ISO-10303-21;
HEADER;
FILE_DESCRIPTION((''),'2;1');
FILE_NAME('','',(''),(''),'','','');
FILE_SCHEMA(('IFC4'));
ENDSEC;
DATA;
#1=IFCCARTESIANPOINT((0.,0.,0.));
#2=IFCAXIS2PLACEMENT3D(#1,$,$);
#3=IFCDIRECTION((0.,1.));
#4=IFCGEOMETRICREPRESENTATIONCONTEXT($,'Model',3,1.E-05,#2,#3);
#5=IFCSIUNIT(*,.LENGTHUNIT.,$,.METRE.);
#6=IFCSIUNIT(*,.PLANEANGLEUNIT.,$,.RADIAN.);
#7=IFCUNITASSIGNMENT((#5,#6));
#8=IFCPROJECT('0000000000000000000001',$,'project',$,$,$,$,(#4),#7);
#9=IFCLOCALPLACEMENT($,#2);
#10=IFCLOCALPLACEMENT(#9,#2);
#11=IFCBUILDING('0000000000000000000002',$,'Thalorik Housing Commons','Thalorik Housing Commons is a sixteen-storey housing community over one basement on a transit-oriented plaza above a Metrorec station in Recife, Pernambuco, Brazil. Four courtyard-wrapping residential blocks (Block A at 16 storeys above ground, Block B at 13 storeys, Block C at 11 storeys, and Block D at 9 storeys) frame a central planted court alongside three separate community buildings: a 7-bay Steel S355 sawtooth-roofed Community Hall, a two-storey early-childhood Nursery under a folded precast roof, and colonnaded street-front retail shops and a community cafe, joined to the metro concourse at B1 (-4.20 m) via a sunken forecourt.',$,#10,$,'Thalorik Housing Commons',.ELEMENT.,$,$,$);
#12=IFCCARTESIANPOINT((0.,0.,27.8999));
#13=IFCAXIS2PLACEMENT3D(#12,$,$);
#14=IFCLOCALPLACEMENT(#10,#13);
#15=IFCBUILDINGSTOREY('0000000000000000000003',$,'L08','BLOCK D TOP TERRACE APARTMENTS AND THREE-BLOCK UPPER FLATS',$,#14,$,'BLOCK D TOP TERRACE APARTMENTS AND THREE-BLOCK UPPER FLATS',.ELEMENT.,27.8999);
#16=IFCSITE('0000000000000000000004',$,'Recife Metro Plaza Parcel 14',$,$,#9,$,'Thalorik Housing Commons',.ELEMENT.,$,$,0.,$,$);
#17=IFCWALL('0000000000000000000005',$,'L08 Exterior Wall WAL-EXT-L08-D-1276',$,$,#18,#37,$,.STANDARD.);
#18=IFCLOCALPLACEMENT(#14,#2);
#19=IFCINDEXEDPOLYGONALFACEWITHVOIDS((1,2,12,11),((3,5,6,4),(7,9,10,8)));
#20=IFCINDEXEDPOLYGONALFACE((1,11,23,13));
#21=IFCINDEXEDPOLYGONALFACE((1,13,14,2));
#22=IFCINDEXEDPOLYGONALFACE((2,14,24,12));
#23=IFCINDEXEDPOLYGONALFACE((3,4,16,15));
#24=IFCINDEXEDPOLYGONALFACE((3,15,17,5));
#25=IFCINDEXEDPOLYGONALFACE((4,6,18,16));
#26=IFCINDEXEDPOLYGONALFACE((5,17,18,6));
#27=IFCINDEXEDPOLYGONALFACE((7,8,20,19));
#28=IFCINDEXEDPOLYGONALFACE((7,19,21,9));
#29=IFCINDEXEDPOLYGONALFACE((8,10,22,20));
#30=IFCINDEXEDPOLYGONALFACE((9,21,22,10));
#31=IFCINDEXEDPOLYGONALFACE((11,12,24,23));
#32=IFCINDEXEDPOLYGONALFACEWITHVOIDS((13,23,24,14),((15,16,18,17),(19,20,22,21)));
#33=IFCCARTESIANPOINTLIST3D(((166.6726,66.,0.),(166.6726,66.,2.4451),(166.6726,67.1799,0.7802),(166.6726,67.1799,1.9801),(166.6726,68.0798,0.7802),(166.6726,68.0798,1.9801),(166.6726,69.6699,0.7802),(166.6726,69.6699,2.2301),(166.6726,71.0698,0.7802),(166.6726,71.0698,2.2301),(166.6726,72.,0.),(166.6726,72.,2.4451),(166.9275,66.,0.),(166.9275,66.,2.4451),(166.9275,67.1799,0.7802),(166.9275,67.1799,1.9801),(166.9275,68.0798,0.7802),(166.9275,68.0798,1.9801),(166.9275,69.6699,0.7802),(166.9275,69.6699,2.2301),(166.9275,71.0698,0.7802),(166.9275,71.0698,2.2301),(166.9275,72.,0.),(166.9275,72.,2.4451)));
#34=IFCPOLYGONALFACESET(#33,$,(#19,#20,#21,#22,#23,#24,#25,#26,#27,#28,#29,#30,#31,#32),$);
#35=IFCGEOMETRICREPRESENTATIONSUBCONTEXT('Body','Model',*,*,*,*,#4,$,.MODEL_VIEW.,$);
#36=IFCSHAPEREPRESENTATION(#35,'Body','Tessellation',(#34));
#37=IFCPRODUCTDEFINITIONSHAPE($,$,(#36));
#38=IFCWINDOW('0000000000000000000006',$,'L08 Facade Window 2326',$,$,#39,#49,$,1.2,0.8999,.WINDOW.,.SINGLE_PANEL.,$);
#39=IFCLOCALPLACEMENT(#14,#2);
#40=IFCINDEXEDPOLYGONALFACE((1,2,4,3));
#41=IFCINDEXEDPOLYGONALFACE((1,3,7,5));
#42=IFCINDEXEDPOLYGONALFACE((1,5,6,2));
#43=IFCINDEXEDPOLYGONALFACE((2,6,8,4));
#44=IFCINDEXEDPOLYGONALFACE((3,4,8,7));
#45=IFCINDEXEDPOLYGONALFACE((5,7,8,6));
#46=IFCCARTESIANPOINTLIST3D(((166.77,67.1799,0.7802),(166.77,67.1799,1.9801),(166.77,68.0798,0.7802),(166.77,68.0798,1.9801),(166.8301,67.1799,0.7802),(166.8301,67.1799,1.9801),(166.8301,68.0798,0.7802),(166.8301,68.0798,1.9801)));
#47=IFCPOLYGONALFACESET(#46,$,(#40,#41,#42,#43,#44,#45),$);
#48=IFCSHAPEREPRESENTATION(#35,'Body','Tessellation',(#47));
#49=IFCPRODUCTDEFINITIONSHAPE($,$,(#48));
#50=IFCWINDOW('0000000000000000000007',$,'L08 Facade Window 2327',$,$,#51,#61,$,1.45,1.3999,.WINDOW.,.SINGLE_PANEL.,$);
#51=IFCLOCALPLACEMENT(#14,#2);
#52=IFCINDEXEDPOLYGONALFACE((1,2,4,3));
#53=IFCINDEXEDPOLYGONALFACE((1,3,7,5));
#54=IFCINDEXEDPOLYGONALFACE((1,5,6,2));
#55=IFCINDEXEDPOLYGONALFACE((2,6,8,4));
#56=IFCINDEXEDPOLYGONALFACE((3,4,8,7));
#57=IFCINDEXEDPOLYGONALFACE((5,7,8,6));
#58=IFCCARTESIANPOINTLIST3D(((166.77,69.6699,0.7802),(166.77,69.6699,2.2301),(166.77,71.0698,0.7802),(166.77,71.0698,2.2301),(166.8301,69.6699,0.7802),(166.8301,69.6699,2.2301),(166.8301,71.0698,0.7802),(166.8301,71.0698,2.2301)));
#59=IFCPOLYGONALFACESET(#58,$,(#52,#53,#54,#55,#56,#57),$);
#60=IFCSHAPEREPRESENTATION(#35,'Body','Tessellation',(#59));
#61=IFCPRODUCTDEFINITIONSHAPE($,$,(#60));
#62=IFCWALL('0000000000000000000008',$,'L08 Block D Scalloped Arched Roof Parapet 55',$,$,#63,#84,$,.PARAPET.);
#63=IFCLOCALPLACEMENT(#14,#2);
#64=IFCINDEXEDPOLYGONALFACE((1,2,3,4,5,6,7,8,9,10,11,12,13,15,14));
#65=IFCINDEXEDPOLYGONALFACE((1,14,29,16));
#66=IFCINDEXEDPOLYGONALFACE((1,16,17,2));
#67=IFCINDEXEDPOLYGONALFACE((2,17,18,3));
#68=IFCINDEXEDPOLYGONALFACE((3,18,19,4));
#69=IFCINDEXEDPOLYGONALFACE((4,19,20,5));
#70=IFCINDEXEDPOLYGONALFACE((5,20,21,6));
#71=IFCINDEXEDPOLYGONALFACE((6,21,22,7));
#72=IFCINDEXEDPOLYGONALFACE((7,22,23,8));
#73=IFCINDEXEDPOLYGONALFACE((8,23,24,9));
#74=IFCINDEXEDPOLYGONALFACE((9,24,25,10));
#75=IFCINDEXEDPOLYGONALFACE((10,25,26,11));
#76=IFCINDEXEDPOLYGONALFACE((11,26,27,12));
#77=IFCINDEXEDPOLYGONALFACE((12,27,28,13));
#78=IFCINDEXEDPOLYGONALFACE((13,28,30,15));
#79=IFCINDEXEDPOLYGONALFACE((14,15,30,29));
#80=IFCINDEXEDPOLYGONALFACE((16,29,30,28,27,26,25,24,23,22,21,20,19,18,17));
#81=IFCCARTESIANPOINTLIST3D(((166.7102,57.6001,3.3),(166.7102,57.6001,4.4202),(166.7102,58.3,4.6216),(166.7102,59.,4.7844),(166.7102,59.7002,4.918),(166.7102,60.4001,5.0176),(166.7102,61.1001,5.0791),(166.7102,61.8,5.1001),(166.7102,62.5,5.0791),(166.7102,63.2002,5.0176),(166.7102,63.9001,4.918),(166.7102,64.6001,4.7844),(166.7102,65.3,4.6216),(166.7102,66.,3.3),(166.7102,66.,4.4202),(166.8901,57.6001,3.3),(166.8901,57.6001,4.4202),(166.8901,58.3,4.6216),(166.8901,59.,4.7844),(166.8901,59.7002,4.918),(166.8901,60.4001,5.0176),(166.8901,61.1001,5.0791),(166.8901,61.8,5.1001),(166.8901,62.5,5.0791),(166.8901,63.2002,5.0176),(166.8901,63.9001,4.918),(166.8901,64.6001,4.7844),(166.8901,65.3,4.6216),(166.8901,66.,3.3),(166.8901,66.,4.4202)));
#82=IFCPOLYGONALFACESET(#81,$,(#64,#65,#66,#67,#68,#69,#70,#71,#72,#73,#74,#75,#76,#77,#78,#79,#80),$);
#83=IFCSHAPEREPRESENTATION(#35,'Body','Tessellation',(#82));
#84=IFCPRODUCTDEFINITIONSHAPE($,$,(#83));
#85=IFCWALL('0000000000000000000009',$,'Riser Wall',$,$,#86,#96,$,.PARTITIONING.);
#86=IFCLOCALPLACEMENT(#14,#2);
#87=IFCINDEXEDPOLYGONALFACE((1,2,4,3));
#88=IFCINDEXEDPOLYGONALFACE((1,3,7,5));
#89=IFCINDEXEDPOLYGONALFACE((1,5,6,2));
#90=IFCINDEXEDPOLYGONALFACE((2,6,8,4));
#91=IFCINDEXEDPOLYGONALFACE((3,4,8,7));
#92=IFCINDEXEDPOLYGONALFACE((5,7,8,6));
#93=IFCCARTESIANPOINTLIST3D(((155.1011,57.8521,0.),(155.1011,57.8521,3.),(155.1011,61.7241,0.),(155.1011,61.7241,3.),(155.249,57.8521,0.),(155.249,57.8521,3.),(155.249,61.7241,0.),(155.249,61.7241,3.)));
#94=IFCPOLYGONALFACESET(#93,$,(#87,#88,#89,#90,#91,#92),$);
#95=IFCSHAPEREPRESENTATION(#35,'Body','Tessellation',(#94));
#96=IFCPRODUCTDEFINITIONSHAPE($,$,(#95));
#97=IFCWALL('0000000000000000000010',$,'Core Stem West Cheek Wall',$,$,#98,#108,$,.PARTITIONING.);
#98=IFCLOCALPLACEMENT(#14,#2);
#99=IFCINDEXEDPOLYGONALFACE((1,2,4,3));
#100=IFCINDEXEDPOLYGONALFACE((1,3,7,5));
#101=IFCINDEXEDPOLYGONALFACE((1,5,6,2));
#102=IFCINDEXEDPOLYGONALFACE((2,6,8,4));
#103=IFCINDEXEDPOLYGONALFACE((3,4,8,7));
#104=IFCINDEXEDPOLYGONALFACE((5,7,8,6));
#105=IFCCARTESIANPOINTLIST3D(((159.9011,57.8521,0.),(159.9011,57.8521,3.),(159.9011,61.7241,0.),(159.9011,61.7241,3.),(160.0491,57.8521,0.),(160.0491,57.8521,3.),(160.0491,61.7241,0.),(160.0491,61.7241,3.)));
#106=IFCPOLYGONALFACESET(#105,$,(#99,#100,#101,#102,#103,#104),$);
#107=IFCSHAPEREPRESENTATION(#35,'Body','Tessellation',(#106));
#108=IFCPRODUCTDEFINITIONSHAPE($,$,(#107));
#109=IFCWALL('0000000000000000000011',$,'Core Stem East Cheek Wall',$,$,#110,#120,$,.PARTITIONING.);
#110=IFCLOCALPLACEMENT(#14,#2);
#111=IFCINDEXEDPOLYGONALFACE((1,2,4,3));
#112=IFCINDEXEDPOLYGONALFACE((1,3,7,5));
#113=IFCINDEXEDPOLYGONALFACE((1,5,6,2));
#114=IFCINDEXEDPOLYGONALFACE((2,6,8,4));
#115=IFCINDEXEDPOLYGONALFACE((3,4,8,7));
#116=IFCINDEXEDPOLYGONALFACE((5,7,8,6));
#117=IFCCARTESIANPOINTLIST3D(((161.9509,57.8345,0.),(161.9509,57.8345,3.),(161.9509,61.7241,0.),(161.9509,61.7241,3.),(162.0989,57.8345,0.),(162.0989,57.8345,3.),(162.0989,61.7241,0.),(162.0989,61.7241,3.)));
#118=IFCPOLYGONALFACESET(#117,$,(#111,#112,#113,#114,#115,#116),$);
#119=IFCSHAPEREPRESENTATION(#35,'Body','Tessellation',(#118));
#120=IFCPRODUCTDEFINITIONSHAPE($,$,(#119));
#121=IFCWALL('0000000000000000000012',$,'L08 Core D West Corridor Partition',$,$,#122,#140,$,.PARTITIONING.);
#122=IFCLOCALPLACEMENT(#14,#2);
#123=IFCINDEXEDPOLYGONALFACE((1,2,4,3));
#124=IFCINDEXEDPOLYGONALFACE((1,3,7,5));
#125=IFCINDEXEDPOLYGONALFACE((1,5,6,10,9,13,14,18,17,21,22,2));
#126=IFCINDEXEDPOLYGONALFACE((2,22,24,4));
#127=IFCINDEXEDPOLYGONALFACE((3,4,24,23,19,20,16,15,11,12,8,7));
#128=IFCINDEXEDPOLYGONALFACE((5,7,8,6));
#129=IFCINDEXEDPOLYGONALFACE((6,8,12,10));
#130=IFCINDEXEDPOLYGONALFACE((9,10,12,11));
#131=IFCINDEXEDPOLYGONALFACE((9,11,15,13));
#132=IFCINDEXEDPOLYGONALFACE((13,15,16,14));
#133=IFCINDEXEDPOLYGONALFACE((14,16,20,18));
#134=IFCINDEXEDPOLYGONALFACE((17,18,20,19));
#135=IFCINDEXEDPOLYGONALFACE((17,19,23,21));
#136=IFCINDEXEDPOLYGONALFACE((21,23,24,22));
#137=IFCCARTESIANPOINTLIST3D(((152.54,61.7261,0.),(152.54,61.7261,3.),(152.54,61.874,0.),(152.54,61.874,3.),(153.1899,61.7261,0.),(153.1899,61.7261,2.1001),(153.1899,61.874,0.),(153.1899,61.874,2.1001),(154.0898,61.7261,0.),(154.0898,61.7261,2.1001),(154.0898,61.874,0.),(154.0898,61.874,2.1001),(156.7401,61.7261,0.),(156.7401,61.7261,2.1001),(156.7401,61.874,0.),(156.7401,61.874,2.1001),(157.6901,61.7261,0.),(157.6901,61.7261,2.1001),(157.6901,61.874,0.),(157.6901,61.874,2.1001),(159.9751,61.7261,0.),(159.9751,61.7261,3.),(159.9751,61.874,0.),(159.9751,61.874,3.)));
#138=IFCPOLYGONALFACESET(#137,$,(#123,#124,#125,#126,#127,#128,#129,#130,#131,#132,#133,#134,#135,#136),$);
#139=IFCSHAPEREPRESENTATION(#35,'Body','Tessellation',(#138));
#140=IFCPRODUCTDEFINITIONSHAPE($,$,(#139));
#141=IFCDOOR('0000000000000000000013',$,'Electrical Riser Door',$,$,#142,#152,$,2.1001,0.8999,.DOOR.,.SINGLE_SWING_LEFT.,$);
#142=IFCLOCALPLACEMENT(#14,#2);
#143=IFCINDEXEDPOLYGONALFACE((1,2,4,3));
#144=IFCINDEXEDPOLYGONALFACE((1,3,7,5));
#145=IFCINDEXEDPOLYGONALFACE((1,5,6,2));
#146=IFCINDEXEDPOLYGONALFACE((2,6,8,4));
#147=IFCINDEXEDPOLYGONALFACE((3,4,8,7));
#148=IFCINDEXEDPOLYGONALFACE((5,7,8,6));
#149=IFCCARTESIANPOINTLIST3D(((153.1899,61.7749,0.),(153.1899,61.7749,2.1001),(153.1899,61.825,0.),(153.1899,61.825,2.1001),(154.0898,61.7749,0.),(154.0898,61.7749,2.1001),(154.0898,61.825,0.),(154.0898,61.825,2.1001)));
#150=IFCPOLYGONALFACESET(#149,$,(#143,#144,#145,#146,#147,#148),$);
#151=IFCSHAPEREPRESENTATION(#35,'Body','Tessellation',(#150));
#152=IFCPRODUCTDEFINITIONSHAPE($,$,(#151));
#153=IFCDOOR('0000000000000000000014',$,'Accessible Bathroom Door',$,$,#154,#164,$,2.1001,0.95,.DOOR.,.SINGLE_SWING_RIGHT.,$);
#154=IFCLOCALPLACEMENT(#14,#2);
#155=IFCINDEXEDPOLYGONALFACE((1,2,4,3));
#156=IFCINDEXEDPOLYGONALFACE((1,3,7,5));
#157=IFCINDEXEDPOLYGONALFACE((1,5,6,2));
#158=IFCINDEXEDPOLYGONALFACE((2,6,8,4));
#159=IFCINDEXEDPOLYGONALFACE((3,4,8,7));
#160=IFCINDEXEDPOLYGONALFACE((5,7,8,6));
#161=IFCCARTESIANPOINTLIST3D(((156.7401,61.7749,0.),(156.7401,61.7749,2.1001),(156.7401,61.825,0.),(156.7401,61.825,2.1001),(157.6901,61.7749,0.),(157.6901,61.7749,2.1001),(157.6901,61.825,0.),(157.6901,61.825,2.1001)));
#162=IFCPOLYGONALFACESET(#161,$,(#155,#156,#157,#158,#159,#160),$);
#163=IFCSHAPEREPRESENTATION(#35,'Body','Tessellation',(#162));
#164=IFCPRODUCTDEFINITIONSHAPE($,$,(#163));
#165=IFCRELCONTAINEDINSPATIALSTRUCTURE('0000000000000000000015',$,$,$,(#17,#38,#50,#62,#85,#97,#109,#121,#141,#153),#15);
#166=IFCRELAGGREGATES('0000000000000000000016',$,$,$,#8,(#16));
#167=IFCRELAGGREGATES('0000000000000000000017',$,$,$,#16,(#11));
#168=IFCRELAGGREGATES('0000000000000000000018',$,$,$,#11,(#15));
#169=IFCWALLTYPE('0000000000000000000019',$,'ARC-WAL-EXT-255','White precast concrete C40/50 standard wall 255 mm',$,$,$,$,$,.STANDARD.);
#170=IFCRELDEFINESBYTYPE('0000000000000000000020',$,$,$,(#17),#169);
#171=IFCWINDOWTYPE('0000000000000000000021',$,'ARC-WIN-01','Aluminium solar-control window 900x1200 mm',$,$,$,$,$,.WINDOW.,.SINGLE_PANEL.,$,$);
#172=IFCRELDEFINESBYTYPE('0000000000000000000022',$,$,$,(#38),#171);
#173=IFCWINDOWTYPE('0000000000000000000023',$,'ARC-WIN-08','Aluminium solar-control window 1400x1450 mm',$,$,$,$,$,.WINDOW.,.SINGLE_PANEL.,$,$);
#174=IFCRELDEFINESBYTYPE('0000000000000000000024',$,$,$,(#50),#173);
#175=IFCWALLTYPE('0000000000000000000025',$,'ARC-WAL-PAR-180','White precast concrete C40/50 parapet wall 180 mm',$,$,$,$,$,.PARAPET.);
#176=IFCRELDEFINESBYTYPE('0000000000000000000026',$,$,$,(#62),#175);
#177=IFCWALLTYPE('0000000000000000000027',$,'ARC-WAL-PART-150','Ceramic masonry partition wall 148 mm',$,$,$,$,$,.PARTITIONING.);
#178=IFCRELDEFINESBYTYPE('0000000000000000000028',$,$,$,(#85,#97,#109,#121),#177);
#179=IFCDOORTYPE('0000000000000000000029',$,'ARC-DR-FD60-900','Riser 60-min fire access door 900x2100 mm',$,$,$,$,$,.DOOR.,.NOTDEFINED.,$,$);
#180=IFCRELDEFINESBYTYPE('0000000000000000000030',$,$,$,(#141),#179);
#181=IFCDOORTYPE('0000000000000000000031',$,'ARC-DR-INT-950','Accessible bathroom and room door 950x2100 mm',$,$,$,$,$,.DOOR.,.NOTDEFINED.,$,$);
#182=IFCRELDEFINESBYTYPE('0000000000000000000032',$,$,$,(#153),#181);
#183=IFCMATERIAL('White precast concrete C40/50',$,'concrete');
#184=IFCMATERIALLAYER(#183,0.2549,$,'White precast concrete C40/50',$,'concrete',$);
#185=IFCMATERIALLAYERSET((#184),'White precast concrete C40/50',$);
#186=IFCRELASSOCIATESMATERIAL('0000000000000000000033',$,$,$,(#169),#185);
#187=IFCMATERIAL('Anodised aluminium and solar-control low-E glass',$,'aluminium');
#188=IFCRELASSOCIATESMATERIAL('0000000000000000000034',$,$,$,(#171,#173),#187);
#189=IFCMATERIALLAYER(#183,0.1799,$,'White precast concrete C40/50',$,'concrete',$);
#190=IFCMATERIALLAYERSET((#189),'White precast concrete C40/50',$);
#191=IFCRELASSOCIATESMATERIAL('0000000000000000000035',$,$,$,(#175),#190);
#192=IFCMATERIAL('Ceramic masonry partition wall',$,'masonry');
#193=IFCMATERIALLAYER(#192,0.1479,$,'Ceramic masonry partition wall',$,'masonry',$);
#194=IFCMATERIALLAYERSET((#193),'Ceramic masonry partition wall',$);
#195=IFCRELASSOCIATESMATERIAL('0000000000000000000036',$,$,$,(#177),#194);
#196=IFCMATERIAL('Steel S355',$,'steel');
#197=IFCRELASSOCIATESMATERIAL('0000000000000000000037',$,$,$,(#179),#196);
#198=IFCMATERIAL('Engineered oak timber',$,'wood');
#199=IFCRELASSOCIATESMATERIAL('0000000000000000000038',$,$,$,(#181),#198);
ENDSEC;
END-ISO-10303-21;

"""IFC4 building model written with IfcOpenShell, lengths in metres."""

from ifc_helpers import new_model, si_unit, direction, frame, frame_2d, origin, place, context, subcontext, project, spatial, polyline, rectangle, outline, extrude, material, layer, layer_set, type_object, element, fill, save


model = new_model("IFC4")

# Units and contexts
model_context = context("Model", 3, precision=1e-05, world=origin(), true_north=direction((0.0, 1.0)))
body_context = subcontext(model_context, "Body", "Model", "MODEL_VIEW")
ifc_project = project(units=[si_unit("LENGTHUNIT", "METRE"), si_unit("PLANEANGLEUNIT", "RADIAN")], contexts=[model_context])

# Site, building, storey
site_placement = place(None, origin())
site = spatial("IfcSite", under=ifc_project, at=site_placement, Name="Recife Metro Plaza Parcel 14", LongName="Thalorik Housing Commons", CompositionType="ELEMENT", RefElevation=0.0)
building_placement = place(site_placement, origin())
building = spatial("IfcBuilding", under=site, at=building_placement, Name="Thalorik Housing Commons", Description="Thalorik Housing Commons is a sixteen-storey housing community over one basement on a transit-oriented plaza above a Metrorec station in Recife, Pernambuco, Brazil. Four courtyard-wrapping residential blocks (Block A at 16 storeys above ground, Block B at 13 storeys, Block C at 11 storeys, and Block D at 9 storeys) frame a central planted court alongside three separate community buildings: a 7-bay Steel S355 sawtooth-roofed Community Hall, a two-storey early-childhood Nursery under a folded precast roof, and colonnaded street-front retail shops and a community cafe, joined to the metro concourse at B1 (-4.20 m) via a sunken forecourt.", LongName="Thalorik Housing Commons", CompositionType="ELEMENT")
storey_placement = place(building_placement, frame((0.0, 0.0, 27.8999)))
storey = spatial("IfcBuildingStorey", under=building, at=storey_placement, Name="L08", Description="BLOCK D TOP TERRACE APARTMENTS AND THREE-BLOCK UPPER FLATS", LongName="BLOCK D TOP TERRACE APARTMENTS AND THREE-BLOCK UPPER FLATS", CompositionType="ELEMENT", Elevation=27.8999)

# Shared definitions
ifc_material_1 = material(Name="Steel S355", Category="steel")

# Wall, openings, windows
ifc_material_2 = material(Name="White precast concrete C40/50", Category="concrete")
ifc_layer_1 = layer(ifc_material_2, 0.2549, Name="White precast concrete C40/50", Category="concrete")
ifc_layer_set_1 = layer_set([ifc_layer_1], Name="White precast concrete C40/50")
wall_type_1 = type_object("IfcWallType", Name="ARC-WAL-EXT-255", Description="White precast concrete C40/50 standard wall 255 mm", PredefinedType="STANDARD", material=ifc_layer_set_1)
ifc_material_3 = material(Name="Anodised aluminium and solar-control low-E glass", Category="aluminium")
window_type_1 = type_object("IfcWindowType", Name="ARC-WIN-01", Description="Aluminium solar-control window 900x1200 mm", PartitioningType="SINGLE_PANEL", PredefinedType="WINDOW", material=ifc_material_3)
wall_1_placement = place(storey_placement, frame((166.8, 66.0, 0.0), z_axis=(0.0, 0.0, 1.0), x_axis=(0.0, 1.0, 0.0)))
wall_1 = element("IfcWall", 1, at=wall_1_placement, inside=storey, type_object=wall_type_1, Name="L08 Exterior Wall WAL-EXT-L08-D-1276", PredefinedType="STANDARD", context=body_context, shape_type="SweptSolid", body=[
    extrude(rectangle(XDim=6.0, YDim=0.2549, at=frame_2d((3.0, 0.0))), origin(), (0.0, 0.0, 1.0), 2.4451),
])
opening_1_placement = place(wall_1_placement, frame((1.1799, 0.0, 0.78)))
opening_1 = element("IfcOpeningElement", 2, at=opening_1_placement, cuts=wall_1, PredefinedType="OPENING", context=body_context, shape_type="SweptSolid", body=[
    extrude(rectangle(XDim=0.8999, YDim=1.2, at=frame_2d((0.45, 0.6001))), frame((0.0, 0.1375, 0.0), z_axis=(0.0, -1.0, 0.0), x_axis=(1.0, 0.0, 0.0)), (0.0, 0.0, 1.0), 0.2749),
])
opening_2_placement = place(wall_1_placement, frame((3.6699, 0.0, 0.78)))
opening_2 = element("IfcOpeningElement", 3, at=opening_2_placement, cuts=wall_1, PredefinedType="OPENING", context=body_context, shape_type="SweptSolid", body=[
    extrude(rectangle(XDim=1.3999, YDim=1.45, at=frame_2d((0.7, 0.7251))), frame((0.0, 0.1375, 0.0), z_axis=(0.0, -1.0, 0.0), x_axis=(1.0, 0.0, 0.0)), (0.0, 0.0, 1.0), 0.2749),
])
window_1_placement = place(opening_1_placement, origin())
window_1 = element("IfcWindow", 4, at=window_1_placement, inside=storey, type_object=window_type_1, Name="L08 Facade Window 2326", OverallHeight=1.2, OverallWidth=0.8999, PartitioningType="SINGLE_PANEL", PredefinedType="WINDOW", context=body_context, shape_type="SweptSolid", body=[
    extrude(rectangle(XDim=0.8999, YDim=1.2, at=frame_2d((0.45, 0.6001))), frame((0.0, 0.03, 0.0), z_axis=(0.0, -1.0, 0.0), x_axis=(1.0, 0.0, 0.0)), (0.0, 0.0, 1.0), 0.0601),
])
fill(opening_1, window_1)
window_type_2 = type_object("IfcWindowType", Name="ARC-WIN-08", Description="Aluminium solar-control window 1400x1450 mm", PartitioningType="SINGLE_PANEL", PredefinedType="WINDOW", material=ifc_material_3)
window_2_placement = place(opening_2_placement, origin())
window_2 = element("IfcWindow", 5, at=window_2_placement, inside=storey, type_object=window_type_2, Name="L08 Facade Window 2327", OverallHeight=1.45, OverallWidth=1.3999, PartitioningType="SINGLE_PANEL", PredefinedType="WINDOW", context=body_context, shape_type="SweptSolid", body=[
    extrude(rectangle(XDim=1.3999, YDim=1.45, at=frame_2d((0.7, 0.7251))), frame((0.0, 0.03, 0.0), z_axis=(0.0, -1.0, 0.0), x_axis=(1.0, 0.0, 0.0)), (0.0, 0.0, 1.0), 0.0601),
])
fill(opening_2, window_2)

# Walls
ifc_layer_2 = layer(ifc_material_2, 0.1799, Name="White precast concrete C40/50", Category="concrete")
ifc_layer_set_2 = layer_set([ifc_layer_2], Name="White precast concrete C40/50")
wall_type_2 = type_object("IfcWallType", Name="ARC-WAL-PAR-180", Description="White precast concrete C40/50 parapet wall 180 mm", PredefinedType="PARAPET", material=ifc_layer_set_2)
wall_2_placement = place(storey_placement, frame((166.8, 57.6001, 3.3), z_axis=(0.0, 0.0, 1.0), x_axis=(0.0, 1.0, 0.0)))
element("IfcWall", 6, at=wall_2_placement, inside=storey, type_object=wall_type_2, Name="L08 Block D Scalloped Arched Roof Parapet 55", PredefinedType="PARAPET", context=body_context, shape_type="SweptSolid", body=[
    extrude(outline(polyline([(0.0, 0.0), (8.3999, 0.0), (8.3999, 1.1201), (7.7, 1.3215), (7.0, 1.4844), (6.3, 1.6179), (5.6001, 1.7175), (4.8999, 1.7791), (4.2, 1.8), (3.5, 1.7791), (2.8, 1.7175), (2.1001, 1.6179), (1.3999, 1.4844), (0.7, 1.3215), (0.0, 1.1201), (0.0, 0.0)])), frame((0.0, 0.0898, 0.0), z_axis=(0.0, -1.0, 0.0), x_axis=(1.0, 0.0, 0.0)), (0.0, 0.0, 1.0), 0.1799),
])
ifc_material_4 = material(Name="Ceramic masonry partition wall", Category="masonry")
ifc_layer_3 = layer(ifc_material_4, 0.1479, Name="Ceramic masonry partition wall", Category="masonry")
ifc_layer_set_3 = layer_set([ifc_layer_3], Name="Ceramic masonry partition wall")
wall_type_3 = type_object("IfcWallType", Name="ARC-WAL-PART-150", Description="Ceramic masonry partition wall 148 mm", PredefinedType="PARTITIONING", material=ifc_layer_set_3)
for number, where, z_axis, x_axis, name in (
    (7, (155.175, 61.7241, 0.0), (0.0, 0.0, 1.0), (0.0, -1.0, 0.0), "Riser Wall"),
    (8, (159.9751, 61.7241, 0.0), (0.0, 0.0, 1.0), (0.0, -1.0, 0.0), "Core Stem West Cheek Wall"),
):
    element("IfcWall", number, at=place(storey_placement, frame(where, z_axis=z_axis, x_axis=x_axis)), inside=storey, type_object=wall_type_3, Name=name, PredefinedType="PARTITIONING", context=body_context, shape_type="SweptSolid", body=[
        extrude(rectangle(XDim=3.8721, YDim=0.1479, at=frame_2d((1.936, 0.0))), origin(), (0.0, 0.0, 1.0), 3.0),
    ])
wall_3_placement = place(storey_placement, frame((162.0249, 61.7241, 0.0), z_axis=(0.0, 0.0, 1.0), x_axis=(0.0, -1.0, 0.0)))
element("IfcWall", 9, at=wall_3_placement, inside=storey, type_object=wall_type_3, Name="Core Stem East Cheek Wall", PredefinedType="PARTITIONING", context=body_context, shape_type="SweptSolid", body=[
    extrude(rectangle(XDim=3.8896, YDim=0.1479, at=frame_2d((1.9448, 0.0))), origin(), (0.0, 0.0, 1.0), 3.0),
])

# Wall, openings, doors
wall_4_placement = place(storey_placement, frame((152.54, 61.8, 0.0), z_axis=(0.0, 0.0, 1.0), x_axis=(1.0, 0.0, 0.0)))
wall_4 = element("IfcWall", 10, at=wall_4_placement, inside=storey, type_object=wall_type_3, Name="L08 Core D West Corridor Partition", PredefinedType="PARTITIONING", context=body_context, shape_type="SweptSolid", body=[
    extrude(rectangle(XDim=7.4351, YDim=0.1479, at=frame_2d((3.7175, 0.0))), origin(), (0.0, 0.0, 1.0), 3.0),
])
opening_3_placement = place(wall_4_placement, frame((0.6499, 0.0, 0.0)))
opening_3 = element("IfcOpeningElement", 11, at=opening_3_placement, cuts=wall_4, PredefinedType="OPENING", context=body_context, shape_type="SweptSolid", body=[
    extrude(rectangle(XDim=0.8999, YDim=2.1001, at=frame_2d((0.45, 1.05))), frame((0.0, 0.084, 0.0), z_axis=(0.0, -1.0, 0.0), x_axis=(1.0, 0.0, 0.0)), (0.0, 0.0, 1.0), 0.168),
])
opening_4_placement = place(wall_4_placement, frame((4.2, 0.0, 0.0)))
opening_4 = element("IfcOpeningElement", 12, at=opening_4_placement, cuts=wall_4, PredefinedType="OPENING", context=body_context, shape_type="SweptSolid", body=[
    extrude(rectangle(XDim=0.95, YDim=2.1001, at=frame_2d((0.4751, 1.05))), frame((0.0, 0.084, 0.0), z_axis=(0.0, -1.0, 0.0), x_axis=(1.0, 0.0, 0.0)), (0.0, 0.0, 1.0), 0.168),
])
door_type_1 = type_object("IfcDoorType", Name="ARC-DR-FD60-900", Description="Riser 60-min fire access door 900x2100 mm", OperationType="NOTDEFINED", PredefinedType="DOOR", material=ifc_material_1)
door_1_placement = place(opening_3_placement, origin())
door_1 = element("IfcDoor", 13, at=door_1_placement, inside=storey, type_object=door_type_1, Name="Electrical Riser Door", OperationType="SINGLE_SWING_LEFT", OverallHeight=2.1001, OverallWidth=0.8999, PredefinedType="DOOR", context=body_context, shape_type="SweptSolid", body=[
    extrude(rectangle(XDim=0.8999, YDim=2.1001, at=frame_2d((0.45, 1.05))), frame((0.0, 0.0249, 0.0), z_axis=(0.0, -1.0, 0.0), x_axis=(1.0, 0.0, 0.0)), (0.0, 0.0, 1.0), 0.05),
])
fill(opening_3, door_1)
ifc_material_5 = material(Name="Engineered oak timber", Category="wood")
door_type_2 = type_object("IfcDoorType", Name="ARC-DR-INT-950", Description="Accessible bathroom and room door 950x2100 mm", OperationType="NOTDEFINED", PredefinedType="DOOR", material=ifc_material_5)
door_2_placement = place(opening_4_placement, origin())
door_2 = element("IfcDoor", 14, at=door_2_placement, inside=storey, type_object=door_type_2, Name="Accessible Bathroom Door", OperationType="SINGLE_SWING_RIGHT", OverallHeight=2.1001, OverallWidth=0.95, PredefinedType="DOOR", context=body_context, shape_type="SweptSolid", body=[
    extrude(rectangle(XDim=0.95, YDim=2.1001, at=frame_2d((0.4751, 1.05))), frame((0.0, 0.0249, 0.0), z_axis=(0.0, -1.0, 0.0), x_axis=(1.0, 0.0, 0.0)), (0.0, 0.0, 1.0), 0.05),
])
fill(opening_4, door_2)

save(model, "model.ifc")
